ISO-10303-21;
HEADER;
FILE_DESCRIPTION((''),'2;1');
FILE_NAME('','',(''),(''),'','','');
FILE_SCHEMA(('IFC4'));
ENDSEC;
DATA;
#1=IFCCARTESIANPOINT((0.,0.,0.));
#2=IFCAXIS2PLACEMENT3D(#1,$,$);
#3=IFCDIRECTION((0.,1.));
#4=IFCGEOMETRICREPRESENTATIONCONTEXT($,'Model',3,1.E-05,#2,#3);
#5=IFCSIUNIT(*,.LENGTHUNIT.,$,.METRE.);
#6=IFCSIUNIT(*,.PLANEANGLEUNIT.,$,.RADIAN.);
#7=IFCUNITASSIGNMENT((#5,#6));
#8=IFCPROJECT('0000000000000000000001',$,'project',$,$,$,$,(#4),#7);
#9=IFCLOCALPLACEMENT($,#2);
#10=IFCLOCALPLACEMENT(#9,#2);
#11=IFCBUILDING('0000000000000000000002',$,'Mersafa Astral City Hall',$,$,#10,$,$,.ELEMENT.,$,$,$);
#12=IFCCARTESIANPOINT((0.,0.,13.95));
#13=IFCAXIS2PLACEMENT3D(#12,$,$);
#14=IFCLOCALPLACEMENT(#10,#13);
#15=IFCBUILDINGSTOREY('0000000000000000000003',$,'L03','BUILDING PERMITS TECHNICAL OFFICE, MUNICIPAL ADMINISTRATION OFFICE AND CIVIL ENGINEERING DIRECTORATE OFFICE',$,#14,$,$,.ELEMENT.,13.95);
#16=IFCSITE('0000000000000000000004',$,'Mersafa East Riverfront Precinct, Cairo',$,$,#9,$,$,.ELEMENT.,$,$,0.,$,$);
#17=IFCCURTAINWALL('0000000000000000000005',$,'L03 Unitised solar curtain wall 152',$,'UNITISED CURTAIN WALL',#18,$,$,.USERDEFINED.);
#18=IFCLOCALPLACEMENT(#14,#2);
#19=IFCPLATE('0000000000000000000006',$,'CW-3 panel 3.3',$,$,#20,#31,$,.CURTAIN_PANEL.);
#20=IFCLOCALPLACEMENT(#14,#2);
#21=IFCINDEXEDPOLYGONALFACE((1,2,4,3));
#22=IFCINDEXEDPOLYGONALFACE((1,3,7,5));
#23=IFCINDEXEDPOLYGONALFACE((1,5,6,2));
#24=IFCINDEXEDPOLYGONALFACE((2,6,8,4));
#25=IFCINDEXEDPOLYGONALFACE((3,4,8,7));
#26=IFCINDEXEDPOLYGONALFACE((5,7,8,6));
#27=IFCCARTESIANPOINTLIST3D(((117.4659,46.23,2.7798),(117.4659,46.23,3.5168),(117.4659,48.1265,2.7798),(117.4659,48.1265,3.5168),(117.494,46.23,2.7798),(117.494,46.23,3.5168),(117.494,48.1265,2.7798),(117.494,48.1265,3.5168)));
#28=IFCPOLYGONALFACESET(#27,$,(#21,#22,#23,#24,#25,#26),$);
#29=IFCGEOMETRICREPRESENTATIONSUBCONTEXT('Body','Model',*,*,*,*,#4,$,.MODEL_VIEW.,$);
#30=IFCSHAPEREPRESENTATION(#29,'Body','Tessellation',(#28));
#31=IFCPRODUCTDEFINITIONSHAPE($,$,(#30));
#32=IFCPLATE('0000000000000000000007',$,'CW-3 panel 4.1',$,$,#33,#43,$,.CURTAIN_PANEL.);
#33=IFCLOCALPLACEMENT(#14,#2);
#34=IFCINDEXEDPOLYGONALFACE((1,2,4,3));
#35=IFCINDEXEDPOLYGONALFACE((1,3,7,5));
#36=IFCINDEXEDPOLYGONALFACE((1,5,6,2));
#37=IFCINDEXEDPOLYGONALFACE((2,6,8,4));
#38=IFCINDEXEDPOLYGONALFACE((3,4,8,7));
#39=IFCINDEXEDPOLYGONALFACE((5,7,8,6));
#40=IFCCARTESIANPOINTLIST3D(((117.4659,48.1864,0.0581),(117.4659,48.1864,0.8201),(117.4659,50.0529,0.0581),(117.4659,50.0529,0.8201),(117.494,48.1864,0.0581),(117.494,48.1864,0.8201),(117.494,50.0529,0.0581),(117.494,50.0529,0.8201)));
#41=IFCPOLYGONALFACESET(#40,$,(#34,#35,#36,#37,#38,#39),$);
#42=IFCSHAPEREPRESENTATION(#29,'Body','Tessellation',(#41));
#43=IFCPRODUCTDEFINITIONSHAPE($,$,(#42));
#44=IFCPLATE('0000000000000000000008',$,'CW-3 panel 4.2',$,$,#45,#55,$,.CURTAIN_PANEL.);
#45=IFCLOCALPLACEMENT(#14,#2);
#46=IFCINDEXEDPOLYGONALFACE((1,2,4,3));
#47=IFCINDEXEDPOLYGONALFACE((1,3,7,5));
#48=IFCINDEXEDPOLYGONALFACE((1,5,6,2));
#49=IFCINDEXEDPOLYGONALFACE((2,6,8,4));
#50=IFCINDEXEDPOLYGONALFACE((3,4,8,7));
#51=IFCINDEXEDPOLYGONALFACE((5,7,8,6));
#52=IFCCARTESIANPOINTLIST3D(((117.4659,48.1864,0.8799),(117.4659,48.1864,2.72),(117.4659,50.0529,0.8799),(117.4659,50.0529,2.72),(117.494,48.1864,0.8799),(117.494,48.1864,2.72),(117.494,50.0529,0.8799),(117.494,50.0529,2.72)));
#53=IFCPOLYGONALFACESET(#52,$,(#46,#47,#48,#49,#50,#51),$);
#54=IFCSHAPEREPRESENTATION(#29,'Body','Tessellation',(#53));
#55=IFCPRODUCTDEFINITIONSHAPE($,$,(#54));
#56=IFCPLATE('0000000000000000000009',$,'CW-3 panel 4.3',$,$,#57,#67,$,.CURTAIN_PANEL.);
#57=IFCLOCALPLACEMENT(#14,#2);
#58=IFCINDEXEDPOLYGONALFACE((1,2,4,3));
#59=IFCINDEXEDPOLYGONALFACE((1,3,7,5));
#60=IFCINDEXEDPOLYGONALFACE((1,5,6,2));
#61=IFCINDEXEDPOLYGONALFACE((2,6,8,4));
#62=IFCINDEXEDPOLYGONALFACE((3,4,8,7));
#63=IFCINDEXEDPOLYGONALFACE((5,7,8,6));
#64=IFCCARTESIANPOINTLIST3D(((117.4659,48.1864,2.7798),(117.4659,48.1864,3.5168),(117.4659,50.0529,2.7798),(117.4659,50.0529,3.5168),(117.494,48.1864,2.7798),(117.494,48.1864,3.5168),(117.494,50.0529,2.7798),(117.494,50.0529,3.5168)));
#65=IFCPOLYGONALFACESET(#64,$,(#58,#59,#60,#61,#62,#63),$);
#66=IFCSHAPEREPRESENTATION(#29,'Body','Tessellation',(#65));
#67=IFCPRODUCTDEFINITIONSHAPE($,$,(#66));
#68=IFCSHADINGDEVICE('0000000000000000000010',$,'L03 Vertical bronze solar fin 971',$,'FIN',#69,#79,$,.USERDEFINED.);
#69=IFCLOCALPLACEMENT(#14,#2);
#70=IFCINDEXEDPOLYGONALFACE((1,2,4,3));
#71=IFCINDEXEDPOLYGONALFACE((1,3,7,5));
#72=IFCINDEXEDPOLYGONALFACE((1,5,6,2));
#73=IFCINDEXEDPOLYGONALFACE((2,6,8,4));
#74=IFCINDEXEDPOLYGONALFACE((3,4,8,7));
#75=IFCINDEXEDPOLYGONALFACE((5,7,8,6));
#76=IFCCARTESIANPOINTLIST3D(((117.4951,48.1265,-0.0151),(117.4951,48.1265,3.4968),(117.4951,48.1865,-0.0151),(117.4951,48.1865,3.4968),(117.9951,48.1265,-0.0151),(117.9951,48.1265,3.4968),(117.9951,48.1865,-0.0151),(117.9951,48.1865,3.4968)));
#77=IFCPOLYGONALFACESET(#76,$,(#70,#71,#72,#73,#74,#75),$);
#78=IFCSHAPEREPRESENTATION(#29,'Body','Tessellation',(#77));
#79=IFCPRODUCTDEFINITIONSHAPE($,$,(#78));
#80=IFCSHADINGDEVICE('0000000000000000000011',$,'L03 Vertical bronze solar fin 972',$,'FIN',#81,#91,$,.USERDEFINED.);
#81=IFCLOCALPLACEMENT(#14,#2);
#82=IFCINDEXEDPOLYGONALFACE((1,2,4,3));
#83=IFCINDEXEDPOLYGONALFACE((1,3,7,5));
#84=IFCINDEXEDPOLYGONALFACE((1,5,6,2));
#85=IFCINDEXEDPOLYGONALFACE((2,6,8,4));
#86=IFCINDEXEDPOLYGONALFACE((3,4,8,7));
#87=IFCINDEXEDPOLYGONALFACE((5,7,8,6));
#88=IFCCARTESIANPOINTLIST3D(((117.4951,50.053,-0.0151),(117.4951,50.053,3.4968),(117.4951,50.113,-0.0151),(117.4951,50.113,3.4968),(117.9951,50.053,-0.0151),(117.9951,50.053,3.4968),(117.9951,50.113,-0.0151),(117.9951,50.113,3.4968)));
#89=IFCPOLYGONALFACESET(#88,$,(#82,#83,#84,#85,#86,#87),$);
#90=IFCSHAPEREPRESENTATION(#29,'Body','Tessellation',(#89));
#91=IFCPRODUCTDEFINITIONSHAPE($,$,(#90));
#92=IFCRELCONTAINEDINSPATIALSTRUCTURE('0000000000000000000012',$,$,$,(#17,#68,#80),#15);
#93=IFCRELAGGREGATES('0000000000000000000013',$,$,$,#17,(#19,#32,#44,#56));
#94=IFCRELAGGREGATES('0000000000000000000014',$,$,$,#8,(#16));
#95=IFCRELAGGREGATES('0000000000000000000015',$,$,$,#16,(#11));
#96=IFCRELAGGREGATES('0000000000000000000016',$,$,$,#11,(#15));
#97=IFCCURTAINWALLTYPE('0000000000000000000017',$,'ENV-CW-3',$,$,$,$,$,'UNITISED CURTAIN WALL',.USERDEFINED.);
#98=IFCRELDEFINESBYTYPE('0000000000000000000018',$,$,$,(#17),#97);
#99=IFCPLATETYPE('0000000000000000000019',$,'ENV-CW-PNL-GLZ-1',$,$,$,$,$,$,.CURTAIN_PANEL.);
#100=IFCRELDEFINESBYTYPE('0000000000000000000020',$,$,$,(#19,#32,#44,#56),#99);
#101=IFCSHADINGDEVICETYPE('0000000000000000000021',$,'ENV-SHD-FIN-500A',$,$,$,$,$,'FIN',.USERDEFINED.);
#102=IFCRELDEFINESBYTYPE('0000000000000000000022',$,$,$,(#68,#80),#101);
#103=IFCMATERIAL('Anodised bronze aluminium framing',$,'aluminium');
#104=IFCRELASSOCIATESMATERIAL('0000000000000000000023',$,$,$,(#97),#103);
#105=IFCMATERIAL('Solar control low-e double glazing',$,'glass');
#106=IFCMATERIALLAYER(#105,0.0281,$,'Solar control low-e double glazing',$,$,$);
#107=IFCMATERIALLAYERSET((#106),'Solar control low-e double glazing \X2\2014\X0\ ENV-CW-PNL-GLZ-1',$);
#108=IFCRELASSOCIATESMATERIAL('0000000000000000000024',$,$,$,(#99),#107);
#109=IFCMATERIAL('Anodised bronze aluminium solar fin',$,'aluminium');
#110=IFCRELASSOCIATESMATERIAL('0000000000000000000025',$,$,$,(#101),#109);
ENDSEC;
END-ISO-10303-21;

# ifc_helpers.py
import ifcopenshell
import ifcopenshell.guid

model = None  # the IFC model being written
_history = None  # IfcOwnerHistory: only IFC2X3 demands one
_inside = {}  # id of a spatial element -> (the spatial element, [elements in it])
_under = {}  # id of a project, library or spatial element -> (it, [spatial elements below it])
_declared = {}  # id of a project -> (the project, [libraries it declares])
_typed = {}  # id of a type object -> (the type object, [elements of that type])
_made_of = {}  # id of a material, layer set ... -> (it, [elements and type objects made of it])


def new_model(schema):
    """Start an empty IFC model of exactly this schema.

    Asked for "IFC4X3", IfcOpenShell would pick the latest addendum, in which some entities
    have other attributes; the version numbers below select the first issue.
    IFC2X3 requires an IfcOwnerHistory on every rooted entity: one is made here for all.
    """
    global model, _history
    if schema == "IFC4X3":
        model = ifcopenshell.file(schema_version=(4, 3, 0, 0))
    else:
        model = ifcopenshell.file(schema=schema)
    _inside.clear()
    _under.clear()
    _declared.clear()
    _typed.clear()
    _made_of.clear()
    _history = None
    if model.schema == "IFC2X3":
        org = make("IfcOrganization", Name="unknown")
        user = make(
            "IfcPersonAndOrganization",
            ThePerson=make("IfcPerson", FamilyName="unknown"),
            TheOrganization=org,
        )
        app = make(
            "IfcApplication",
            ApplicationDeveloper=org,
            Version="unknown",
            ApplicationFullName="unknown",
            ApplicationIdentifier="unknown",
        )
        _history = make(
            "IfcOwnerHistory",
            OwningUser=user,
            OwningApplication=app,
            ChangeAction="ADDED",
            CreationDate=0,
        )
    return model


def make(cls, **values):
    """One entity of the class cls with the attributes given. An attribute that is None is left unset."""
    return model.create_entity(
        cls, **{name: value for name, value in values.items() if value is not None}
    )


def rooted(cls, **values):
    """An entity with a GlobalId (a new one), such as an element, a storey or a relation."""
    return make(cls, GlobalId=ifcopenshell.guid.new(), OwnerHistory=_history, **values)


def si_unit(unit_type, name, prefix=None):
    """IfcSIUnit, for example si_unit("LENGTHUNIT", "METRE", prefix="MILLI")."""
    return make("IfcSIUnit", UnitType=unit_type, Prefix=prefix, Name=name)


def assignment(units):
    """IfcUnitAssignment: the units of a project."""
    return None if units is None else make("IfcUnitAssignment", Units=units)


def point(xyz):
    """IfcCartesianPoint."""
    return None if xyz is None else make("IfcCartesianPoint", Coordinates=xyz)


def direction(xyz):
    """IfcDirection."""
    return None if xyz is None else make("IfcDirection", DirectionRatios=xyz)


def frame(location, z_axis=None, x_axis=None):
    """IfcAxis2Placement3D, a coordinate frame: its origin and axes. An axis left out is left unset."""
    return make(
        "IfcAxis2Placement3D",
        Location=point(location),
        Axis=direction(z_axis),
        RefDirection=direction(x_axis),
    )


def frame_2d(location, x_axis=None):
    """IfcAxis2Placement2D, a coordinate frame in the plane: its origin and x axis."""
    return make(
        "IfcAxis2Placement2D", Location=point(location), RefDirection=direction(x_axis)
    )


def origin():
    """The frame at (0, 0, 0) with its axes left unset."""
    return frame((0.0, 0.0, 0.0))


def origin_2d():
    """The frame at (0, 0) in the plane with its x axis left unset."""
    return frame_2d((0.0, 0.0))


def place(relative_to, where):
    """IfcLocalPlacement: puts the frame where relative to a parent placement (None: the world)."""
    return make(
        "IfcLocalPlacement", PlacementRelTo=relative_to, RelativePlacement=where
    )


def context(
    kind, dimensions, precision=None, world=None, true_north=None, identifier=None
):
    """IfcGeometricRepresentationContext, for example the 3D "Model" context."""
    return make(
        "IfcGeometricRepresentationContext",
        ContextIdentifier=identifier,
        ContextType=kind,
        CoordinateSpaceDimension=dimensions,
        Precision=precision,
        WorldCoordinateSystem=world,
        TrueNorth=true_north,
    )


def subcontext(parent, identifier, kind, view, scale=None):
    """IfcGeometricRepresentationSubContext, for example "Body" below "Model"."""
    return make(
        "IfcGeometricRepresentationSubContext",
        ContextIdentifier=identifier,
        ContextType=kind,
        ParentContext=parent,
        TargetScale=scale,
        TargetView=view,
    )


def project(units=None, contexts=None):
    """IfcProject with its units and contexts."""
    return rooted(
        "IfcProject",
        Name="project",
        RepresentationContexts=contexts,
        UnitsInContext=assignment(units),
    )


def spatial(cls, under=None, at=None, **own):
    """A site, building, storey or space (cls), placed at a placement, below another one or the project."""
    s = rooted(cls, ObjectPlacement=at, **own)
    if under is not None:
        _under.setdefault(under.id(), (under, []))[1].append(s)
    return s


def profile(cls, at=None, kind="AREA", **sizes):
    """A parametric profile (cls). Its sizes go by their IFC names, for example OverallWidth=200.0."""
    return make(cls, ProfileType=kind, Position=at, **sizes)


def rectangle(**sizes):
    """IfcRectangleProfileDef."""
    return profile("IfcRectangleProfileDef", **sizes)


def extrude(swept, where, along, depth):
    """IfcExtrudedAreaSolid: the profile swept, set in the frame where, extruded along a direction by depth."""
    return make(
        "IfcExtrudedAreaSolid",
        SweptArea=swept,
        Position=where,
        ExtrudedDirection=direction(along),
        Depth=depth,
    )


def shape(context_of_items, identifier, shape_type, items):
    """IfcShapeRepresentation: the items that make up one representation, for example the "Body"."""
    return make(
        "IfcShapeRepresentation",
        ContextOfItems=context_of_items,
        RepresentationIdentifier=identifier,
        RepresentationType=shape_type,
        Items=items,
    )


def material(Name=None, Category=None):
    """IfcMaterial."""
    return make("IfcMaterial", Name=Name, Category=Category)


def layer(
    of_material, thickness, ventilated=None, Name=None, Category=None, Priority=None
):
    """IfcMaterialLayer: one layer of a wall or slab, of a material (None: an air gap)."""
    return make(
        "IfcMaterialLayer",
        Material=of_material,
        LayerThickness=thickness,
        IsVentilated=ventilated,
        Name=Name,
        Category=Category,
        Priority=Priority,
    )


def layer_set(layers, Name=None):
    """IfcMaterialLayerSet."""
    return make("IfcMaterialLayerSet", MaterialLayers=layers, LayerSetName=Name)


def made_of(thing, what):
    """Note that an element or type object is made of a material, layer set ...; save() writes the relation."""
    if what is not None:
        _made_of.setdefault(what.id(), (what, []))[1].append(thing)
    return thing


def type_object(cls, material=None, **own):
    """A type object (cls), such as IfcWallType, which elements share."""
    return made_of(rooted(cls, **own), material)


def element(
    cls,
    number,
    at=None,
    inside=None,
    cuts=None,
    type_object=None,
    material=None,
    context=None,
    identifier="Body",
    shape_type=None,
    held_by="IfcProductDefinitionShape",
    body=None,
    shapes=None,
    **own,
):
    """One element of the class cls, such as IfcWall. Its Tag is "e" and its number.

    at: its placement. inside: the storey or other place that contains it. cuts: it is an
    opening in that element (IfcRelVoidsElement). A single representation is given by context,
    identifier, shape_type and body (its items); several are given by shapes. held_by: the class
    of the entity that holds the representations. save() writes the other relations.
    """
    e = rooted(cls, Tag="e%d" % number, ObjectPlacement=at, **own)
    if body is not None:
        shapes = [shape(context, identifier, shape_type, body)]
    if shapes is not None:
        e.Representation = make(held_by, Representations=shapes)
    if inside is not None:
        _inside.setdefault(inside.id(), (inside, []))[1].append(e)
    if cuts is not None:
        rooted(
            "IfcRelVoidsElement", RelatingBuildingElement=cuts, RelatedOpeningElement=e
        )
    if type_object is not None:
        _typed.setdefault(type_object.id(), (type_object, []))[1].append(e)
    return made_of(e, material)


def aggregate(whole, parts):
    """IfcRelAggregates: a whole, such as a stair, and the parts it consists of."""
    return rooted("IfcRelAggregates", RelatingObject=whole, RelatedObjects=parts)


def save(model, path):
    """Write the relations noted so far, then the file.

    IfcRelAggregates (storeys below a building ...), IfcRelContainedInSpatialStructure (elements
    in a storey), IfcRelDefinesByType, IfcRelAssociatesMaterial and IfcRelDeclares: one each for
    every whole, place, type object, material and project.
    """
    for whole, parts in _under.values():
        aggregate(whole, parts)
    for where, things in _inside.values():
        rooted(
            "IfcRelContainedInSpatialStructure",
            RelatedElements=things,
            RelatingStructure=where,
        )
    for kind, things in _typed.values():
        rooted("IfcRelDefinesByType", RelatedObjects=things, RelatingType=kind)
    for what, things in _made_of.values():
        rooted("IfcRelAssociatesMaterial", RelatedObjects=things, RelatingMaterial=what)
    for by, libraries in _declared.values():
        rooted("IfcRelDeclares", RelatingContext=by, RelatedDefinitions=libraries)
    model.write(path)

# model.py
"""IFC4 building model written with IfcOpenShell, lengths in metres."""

from ifc_helpers import new_model, si_unit, direction, frame, origin, origin_2d, place, context, subcontext, project, spatial, rectangle, extrude, material, layer, layer_set, type_object, element, aggregate, save


model = new_model("IFC4")

# Units and contexts
model_context = context("Model", 3, precision=1e-05, world=origin(), true_north=direction((0.0, 1.0)))
body_context = subcontext(model_context, "Body", "Model", "MODEL_VIEW")
ifc_project = project(units=[si_unit("LENGTHUNIT", "METRE"), si_unit("PLANEANGLEUNIT", "RADIAN")], contexts=[model_context])

# Site, building, storey
site_placement = place(None, origin())
site = spatial("IfcSite", under=ifc_project, at=site_placement, Name="Mersafa East Riverfront Precinct, Cairo", CompositionType="ELEMENT", RefElevation=0.0)
building_placement = place(site_placement, origin())
building = spatial("IfcBuilding", under=site, at=building_placement, Name="Mersafa Astral City Hall", CompositionType="ELEMENT")
storey_placement = place(building_placement, frame((0.0, 0.0, 13.95)))
storey = spatial("IfcBuildingStorey", under=building, at=storey_placement, Name="L03", Description="BUILDING PERMITS TECHNICAL OFFICE, MUNICIPAL ADMINISTRATION OFFICE AND CIVIL ENGINEERING DIRECTORATE OFFICE", CompositionType="ELEMENT", Elevation=13.95)

# Curtain wall
ifc_material_1 = material(Name="Anodised bronze aluminium framing", Category="aluminium")
curtain_wall_type_1 = type_object("IfcCurtainWallType", Name="ENV-CW-3", ElementType="UNITISED CURTAIN WALL", PredefinedType="USERDEFINED", material=ifc_material_1)
curtain_wall_1_placement = place(storey_placement, origin())
curtain_wall_1 = element("IfcCurtainWall", 1, at=curtain_wall_1_placement, inside=storey, type_object=curtain_wall_type_1, Name="L03 Unitised solar curtain wall 152", ObjectType="UNITISED CURTAIN WALL", PredefinedType="USERDEFINED")

# Plates
ifc_material_2 = material(Name="Solar control low-e double glazing", Category="glass")
ifc_layer = layer(ifc_material_2, 0.0281, Name="Solar control low-e double glazing")
ifc_layer_set = layer_set([ifc_layer], Name="Solar control low-e double glazing — ENV-CW-PNL-GLZ-1")
plate_type = type_object("IfcPlateType", Name="ENV-CW-PNL-GLZ-1", PredefinedType="CURTAIN_PANEL", material=ifc_layer_set)
plate_1_placement = place(storey_placement, frame((117.48, 47.1782, 2.7798), z_axis=(0.0, 0.0, 1.0), x_axis=(0.0, 1.0, 0.0)))
plate_1 = element("IfcPlate", 2, at=plate_1_placement, type_object=plate_type, Name="CW-3 panel 3.3", PredefinedType="CURTAIN_PANEL", context=body_context, shape_type="SweptSolid", body=[
    extrude(rectangle(XDim=1.8965, YDim=0.0281, at=origin_2d()), origin(), (0.0, 0.0, 1.0), 0.7371),
])
plate_2_placement = place(storey_placement, frame((117.48, 49.1196, 0.0581), z_axis=(0.0, 0.0, 1.0), x_axis=(0.0, 1.0, 0.0)))
plate_2 = element("IfcPlate", 3, at=plate_2_placement, type_object=plate_type, Name="CW-3 panel 4.1", PredefinedType="CURTAIN_PANEL", context=body_context, shape_type="SweptSolid", body=[
    extrude(rectangle(XDim=1.8665, YDim=0.0281, at=origin_2d()), origin(), (0.0, 0.0, 1.0), 0.762),
])
plate_3_placement = place(storey_placement, frame((117.48, 49.1196, 0.8799), z_axis=(0.0, 0.0, 1.0), x_axis=(0.0, 1.0, 0.0)))
plate_3 = element("IfcPlate", 4, at=plate_3_placement, type_object=plate_type, Name="CW-3 panel 4.2", PredefinedType="CURTAIN_PANEL", context=body_context, shape_type="SweptSolid", body=[
    extrude(rectangle(XDim=1.8665, YDim=0.0281, at=origin_2d()), origin(), (0.0, 0.0, 1.0), 1.8401),
])
plate_4_placement = place(storey_placement, frame((117.48, 49.1196, 2.7798), z_axis=(0.0, 0.0, 1.0), x_axis=(0.0, 1.0, 0.0)))
plate_4 = element("IfcPlate", 5, at=plate_4_placement, type_object=plate_type, Name="CW-3 panel 4.3", PredefinedType="CURTAIN_PANEL", context=body_context, shape_type="SweptSolid", body=[
    extrude(rectangle(XDim=1.8665, YDim=0.0281, at=origin_2d()), origin(), (0.0, 0.0, 1.0), 0.7371),
])
aggregate(curtain_wall_1, [plate_1, plate_2, plate_3, plate_4])

# Shading devices
ifc_material_3 = material(Name="Anodised bronze aluminium solar fin", Category="aluminium")
shading_device_type = type_object("IfcShadingDeviceType", Name="ENV-SHD-FIN-500A", ElementType="FIN", PredefinedType="USERDEFINED", material=ifc_material_3)
for number, where, z_axis, x_axis, name in (
    (6, (117.7451, 48.1565, -0.0151), (0.0, 0.0, 1.0), (0.0, 1.0, 0.0), "L03 Vertical bronze solar fin 971"),
    (7, (117.7451, 50.083, -0.0151), (0.0, 0.0, 1.0), (0.0, 1.0, 0.0), "L03 Vertical bronze solar fin 972"),
):
    element("IfcShadingDevice", number, at=place(storey_placement, frame(where, z_axis=z_axis, x_axis=x_axis)), inside=storey, type_object=shading_device_type, Name=name, ObjectType="FIN", PredefinedType="USERDEFINED", context=body_context, shape_type="SweptSolid", body=[
        extrude(rectangle(XDim=0.0601, YDim=0.5, at=origin_2d()), origin(), (0.0, 0.0, 1.0), 3.512),
    ])

save(model, "model.ifc")
